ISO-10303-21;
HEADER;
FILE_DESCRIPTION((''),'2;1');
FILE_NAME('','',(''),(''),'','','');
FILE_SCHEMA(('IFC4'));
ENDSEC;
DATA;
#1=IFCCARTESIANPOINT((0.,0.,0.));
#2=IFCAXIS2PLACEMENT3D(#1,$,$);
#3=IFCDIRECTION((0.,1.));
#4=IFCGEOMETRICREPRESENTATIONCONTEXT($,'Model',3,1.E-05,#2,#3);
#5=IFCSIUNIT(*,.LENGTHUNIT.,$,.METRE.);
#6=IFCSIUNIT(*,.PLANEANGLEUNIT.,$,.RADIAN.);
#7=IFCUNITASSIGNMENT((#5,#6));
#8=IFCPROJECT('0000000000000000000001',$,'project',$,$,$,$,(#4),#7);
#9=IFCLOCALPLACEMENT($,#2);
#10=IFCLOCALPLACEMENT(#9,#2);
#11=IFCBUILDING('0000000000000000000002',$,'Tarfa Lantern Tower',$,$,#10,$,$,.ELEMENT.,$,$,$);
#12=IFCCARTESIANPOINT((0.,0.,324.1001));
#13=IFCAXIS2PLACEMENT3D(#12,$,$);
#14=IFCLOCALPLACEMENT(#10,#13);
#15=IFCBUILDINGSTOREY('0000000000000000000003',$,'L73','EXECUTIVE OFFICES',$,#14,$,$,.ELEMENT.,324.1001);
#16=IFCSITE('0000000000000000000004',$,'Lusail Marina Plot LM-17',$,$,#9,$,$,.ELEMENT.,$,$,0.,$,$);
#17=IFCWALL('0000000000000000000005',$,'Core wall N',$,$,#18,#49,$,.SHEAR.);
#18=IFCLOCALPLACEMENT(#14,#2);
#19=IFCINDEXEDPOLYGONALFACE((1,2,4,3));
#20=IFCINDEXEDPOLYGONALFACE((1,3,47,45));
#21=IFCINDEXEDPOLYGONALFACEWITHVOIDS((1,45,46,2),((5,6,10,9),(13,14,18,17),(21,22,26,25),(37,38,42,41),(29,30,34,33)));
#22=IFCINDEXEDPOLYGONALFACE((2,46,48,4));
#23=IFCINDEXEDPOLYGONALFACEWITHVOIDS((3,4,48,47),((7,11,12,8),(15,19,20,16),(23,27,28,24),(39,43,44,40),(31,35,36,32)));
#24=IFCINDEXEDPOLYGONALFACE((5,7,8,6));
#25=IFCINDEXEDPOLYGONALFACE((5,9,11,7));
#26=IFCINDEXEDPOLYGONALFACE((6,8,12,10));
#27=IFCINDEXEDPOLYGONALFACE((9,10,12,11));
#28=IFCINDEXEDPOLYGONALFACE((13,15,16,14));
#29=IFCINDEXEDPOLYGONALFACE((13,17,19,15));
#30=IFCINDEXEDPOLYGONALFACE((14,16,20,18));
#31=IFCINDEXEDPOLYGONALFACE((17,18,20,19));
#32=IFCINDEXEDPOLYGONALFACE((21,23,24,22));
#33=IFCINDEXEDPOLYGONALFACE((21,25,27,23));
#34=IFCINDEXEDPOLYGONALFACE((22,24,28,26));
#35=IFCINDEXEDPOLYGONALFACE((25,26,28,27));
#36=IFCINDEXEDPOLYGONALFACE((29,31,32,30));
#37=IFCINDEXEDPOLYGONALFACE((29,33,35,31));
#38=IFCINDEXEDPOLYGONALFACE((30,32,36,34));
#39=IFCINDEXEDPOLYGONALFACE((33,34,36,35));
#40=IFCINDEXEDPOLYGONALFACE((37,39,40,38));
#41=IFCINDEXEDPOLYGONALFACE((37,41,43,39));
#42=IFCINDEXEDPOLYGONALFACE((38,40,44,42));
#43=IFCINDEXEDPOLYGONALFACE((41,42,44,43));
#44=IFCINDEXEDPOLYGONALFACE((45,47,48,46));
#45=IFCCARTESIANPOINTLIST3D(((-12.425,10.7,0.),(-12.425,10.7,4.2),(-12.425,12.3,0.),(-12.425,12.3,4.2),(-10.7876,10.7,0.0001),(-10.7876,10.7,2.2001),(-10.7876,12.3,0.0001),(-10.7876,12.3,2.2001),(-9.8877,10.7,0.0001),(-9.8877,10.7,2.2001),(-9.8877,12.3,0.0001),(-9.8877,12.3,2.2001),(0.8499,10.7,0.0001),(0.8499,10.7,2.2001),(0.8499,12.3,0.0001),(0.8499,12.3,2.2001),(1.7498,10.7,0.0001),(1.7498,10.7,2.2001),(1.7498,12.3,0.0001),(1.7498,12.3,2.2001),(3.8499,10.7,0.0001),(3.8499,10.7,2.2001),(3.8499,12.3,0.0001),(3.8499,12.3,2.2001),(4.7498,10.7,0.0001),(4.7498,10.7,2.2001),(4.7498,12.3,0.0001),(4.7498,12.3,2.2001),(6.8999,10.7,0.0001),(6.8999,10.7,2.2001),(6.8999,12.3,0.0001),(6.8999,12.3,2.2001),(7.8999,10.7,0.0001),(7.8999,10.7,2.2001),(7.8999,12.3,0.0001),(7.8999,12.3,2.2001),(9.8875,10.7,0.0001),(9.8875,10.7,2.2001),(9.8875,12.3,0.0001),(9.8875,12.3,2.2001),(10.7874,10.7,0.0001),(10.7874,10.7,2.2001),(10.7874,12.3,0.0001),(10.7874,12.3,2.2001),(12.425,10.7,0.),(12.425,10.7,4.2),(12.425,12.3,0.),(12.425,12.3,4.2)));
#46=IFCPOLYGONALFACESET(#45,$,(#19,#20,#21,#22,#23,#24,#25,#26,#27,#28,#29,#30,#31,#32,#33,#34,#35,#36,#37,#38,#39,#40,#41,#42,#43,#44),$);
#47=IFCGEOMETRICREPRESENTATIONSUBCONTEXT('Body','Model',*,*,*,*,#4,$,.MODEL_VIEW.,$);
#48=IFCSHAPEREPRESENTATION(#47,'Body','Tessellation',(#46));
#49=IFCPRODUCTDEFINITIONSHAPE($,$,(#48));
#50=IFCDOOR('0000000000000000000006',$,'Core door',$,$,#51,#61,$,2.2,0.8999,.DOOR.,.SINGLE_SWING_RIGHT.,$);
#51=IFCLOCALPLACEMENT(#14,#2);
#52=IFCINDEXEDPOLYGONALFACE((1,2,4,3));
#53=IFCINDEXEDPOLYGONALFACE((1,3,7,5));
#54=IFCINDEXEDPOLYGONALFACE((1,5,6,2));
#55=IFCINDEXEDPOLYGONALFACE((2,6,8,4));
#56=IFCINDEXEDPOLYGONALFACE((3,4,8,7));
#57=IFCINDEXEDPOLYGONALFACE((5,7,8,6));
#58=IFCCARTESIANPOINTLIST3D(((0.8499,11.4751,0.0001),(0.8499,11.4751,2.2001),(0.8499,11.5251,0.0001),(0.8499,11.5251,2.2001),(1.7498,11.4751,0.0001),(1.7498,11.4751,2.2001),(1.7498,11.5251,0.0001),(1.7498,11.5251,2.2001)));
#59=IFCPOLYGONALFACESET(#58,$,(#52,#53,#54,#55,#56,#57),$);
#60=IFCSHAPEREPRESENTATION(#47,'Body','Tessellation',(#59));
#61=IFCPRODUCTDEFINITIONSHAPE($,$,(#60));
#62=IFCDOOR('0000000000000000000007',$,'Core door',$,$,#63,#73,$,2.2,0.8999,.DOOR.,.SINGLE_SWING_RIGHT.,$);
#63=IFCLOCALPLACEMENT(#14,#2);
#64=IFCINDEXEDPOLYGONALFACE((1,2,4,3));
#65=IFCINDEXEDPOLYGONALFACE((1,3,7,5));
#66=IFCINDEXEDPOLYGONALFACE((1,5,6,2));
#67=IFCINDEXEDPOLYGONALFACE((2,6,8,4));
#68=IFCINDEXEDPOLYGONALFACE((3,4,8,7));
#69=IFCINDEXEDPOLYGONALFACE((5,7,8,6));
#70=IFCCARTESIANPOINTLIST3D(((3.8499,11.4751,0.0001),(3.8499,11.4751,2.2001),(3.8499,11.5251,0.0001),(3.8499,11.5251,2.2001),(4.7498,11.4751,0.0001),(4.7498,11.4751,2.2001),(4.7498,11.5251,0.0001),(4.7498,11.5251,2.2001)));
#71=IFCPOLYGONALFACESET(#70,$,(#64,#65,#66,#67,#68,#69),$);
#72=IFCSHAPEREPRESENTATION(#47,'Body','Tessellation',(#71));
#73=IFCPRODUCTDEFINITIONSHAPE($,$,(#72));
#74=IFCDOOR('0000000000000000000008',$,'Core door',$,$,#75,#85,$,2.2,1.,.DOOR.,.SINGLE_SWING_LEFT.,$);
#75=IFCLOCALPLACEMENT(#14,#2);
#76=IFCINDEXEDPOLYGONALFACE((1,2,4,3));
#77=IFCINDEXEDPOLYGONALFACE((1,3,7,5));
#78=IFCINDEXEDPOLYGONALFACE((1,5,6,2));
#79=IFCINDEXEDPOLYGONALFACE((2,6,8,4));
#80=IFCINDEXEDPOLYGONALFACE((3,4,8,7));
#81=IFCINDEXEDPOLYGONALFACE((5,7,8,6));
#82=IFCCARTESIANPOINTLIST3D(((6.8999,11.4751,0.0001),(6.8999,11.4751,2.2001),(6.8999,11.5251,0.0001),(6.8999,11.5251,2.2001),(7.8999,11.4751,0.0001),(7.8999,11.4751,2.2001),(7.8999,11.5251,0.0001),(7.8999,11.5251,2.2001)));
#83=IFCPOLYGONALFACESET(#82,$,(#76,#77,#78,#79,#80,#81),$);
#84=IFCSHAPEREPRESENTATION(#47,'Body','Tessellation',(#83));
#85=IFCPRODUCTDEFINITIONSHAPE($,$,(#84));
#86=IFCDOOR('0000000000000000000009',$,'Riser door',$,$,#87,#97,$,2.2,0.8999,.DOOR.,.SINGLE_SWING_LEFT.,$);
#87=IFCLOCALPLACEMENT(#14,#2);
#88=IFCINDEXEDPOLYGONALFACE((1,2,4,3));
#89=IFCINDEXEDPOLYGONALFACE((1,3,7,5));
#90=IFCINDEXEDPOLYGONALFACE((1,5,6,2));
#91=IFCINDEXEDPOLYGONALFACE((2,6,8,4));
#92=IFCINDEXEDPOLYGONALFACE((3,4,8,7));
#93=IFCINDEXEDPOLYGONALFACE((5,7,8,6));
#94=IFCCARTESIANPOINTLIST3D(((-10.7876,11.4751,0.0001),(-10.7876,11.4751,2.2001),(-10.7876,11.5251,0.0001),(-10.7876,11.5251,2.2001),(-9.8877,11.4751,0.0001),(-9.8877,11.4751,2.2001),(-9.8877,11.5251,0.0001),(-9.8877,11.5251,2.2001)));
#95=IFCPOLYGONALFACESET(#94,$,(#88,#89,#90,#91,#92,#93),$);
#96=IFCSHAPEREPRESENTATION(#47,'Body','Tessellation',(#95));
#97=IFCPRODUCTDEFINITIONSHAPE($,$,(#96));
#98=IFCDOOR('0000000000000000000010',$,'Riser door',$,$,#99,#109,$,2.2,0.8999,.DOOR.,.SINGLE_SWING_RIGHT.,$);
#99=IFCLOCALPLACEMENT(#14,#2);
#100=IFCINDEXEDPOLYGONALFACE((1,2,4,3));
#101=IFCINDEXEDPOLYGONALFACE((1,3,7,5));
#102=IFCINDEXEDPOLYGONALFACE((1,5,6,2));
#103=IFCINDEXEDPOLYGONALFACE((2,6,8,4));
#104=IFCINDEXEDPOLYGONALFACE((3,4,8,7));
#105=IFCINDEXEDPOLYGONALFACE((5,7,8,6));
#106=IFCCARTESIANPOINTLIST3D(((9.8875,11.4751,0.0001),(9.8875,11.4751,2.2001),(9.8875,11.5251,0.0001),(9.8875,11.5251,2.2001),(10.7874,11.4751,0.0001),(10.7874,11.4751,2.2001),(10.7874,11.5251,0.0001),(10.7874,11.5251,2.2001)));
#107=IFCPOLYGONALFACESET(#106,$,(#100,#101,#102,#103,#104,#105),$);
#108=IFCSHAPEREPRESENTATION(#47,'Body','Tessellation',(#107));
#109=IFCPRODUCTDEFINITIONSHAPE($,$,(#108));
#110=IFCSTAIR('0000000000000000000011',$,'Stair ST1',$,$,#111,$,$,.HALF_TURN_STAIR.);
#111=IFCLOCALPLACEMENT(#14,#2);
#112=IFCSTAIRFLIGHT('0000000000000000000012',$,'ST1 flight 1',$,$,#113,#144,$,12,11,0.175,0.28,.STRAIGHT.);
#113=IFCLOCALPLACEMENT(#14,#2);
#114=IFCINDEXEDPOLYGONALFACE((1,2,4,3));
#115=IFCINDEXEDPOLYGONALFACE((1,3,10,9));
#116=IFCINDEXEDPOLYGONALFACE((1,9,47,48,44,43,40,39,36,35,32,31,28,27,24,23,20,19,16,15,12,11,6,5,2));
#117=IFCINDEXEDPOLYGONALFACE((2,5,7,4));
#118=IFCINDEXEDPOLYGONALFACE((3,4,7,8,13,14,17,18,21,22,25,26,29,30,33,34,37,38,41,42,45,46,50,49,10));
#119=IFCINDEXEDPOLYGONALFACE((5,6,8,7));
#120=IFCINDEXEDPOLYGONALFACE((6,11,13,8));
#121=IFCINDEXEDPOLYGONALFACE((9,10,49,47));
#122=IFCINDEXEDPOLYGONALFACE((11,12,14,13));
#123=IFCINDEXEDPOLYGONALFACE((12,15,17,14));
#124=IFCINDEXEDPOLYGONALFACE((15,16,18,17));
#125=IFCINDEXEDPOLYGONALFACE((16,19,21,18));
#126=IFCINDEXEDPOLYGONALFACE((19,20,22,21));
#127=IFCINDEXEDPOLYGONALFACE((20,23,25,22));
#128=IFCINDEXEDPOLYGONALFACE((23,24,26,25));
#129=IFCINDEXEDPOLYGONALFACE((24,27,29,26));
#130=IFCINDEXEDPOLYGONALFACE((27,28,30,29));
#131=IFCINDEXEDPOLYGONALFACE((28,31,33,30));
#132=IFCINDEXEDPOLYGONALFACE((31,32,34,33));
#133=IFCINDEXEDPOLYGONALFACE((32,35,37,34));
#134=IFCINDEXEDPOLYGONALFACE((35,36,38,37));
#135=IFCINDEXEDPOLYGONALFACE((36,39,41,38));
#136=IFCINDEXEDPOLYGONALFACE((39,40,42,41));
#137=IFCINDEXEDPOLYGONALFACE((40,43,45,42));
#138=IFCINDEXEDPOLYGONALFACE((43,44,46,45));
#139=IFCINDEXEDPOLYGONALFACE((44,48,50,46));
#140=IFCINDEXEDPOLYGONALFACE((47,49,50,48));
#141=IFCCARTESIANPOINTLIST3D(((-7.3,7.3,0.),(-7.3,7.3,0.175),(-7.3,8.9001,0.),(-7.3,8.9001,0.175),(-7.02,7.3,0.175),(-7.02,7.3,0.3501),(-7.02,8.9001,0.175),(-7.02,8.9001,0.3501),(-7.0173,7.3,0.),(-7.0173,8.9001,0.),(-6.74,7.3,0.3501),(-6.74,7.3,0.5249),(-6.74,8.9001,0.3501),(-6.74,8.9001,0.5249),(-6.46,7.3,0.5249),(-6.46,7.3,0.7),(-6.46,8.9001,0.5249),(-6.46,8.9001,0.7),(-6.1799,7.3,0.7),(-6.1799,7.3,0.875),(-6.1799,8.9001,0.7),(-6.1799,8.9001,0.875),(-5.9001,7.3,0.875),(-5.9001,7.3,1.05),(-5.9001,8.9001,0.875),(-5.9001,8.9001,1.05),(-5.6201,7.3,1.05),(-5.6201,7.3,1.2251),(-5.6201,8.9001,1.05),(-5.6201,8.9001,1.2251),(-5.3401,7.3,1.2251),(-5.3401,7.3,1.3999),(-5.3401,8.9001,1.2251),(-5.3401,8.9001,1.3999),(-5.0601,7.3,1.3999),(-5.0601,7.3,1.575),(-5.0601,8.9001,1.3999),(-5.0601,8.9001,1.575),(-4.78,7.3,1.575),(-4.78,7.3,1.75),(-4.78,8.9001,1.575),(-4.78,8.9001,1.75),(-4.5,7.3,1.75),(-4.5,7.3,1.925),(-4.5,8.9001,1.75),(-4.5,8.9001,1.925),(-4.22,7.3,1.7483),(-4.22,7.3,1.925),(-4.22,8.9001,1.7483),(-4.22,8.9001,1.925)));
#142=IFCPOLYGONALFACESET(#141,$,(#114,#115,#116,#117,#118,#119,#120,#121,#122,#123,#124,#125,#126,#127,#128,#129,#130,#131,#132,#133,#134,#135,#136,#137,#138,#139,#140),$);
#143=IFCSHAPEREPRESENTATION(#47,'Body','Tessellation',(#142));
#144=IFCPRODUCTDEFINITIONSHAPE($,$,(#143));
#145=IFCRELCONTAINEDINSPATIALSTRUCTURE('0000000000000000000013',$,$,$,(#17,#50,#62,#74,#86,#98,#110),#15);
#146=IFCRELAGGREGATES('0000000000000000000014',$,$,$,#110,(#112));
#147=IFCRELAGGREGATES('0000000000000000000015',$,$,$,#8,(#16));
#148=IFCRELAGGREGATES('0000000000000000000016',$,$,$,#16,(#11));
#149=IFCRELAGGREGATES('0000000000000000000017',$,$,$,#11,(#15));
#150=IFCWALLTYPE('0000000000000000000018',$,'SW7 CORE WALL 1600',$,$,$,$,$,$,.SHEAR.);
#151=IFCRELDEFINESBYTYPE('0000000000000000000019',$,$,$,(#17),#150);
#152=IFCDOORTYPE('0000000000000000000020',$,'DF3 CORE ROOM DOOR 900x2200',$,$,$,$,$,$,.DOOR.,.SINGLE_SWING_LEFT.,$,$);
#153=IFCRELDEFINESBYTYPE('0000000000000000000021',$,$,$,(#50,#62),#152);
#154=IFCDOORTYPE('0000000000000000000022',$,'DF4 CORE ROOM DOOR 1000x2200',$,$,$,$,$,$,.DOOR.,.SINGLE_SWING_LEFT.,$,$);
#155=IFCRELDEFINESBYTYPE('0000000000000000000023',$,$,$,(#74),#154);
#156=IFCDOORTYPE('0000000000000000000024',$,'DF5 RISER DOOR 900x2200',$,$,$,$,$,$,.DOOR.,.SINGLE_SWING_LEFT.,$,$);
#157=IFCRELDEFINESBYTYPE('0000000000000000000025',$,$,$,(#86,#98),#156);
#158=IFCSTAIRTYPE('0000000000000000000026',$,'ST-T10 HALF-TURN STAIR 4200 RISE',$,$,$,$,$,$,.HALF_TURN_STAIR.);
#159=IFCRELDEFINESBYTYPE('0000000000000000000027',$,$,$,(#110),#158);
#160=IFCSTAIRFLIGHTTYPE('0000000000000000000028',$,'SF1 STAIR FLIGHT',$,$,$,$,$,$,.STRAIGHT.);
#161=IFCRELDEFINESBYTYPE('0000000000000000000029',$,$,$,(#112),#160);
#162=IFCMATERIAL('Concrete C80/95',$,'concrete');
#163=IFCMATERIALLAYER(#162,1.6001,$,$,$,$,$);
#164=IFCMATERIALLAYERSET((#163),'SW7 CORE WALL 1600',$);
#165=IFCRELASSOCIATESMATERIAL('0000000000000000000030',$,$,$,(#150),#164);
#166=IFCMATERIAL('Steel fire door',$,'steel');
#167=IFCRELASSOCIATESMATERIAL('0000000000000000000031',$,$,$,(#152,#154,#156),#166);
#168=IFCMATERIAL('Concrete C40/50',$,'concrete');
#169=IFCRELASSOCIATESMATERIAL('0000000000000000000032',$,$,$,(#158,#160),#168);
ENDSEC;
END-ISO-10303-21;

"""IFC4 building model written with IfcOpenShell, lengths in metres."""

from ifc_helpers import new_model, si_unit, direction, frame, frame_2d, origin, place, context, subcontext, project, spatial, polyline, rectangle, outline, extrude, material, layer, layer_set, type_object, element, fill, aggregate, save


model = new_model("IFC4")

# Units and contexts
model_context = context("Model", 3, precision=1e-05, world=origin(), true_north=direction((0.0, 1.0)))
body_context = subcontext(model_context, "Body", "Model", "MODEL_VIEW")
ifc_project = project(units=[si_unit("LENGTHUNIT", "METRE"), si_unit("PLANEANGLEUNIT", "RADIAN")], contexts=[model_context])

# Site, building, storey
site_placement = place(None, origin())
site = spatial("IfcSite", under=ifc_project, at=site_placement, Name="Lusail Marina Plot LM-17", CompositionType="ELEMENT", RefElevation=0.0)
building_placement = place(site_placement, origin())
building = spatial("IfcBuilding", under=site, at=building_placement, Name="Tarfa Lantern Tower", CompositionType="ELEMENT")
storey_placement = place(building_placement, frame((0.0, 0.0, 324.1001)))
storey = spatial("IfcBuildingStorey", under=building, at=storey_placement, Name="L73", Description="EXECUTIVE OFFICES", CompositionType="ELEMENT", Elevation=324.1001)

# Shared definitions
ifc_material_1 = material(Name="Concrete C80/95", Category="concrete")
ifc_material_2 = material(Name="Steel fire door", Category="steel")

# Wall, openings, doors
ifc_layer_1 = layer(ifc_material_1, 1.6001)
ifc_layer_set_1 = layer_set([ifc_layer_1], Name="SW7 CORE WALL 1600")
wall_type_1 = type_object("IfcWallType", Name="SW7 CORE WALL 1600", PredefinedType="SHEAR", material=ifc_layer_set_1)
wall_1_placement = place(storey_placement, frame((-12.425, 11.5, 0.0), z_axis=(0.0, 0.0, 1.0), x_axis=(1.0, 0.0, 0.0)))
wall_1 = element("IfcWall", 1, at=wall_1_placement, inside=storey, type_object=wall_type_1, Name="Core wall N", PredefinedType="SHEAR", context=body_context, shape_type="SweptSolid", body=[
    extrude(rectangle(XDim=24.8501, YDim=1.6001, at=frame_2d((12.425, 0.0))), origin(), (0.0, 0.0, 1.0), 4.2),
])
opening_1_placement = place(wall_1_placement, frame((13.2749, 0.0, 0.0)))
opening_1 = element("IfcOpeningElement", 2, at=opening_1_placement, cuts=wall_1, PredefinedType="OPENING", context=body_context, shape_type="SweptSolid", body=[
    extrude(rectangle(XDim=0.8999, YDim=2.2, at=frame_2d((0.45, 1.1001))), frame((0.0, 0.8101, 0.0), z_axis=(0.0, -1.0, 0.0), x_axis=(1.0, 0.0, 0.0)), (0.0, 0.0, 1.0), 1.6201),
])
opening_2_placement = place(wall_1_placement, frame((16.2749, 0.0, 0.0)))
opening_2 = element("IfcOpeningElement", 3, at=opening_2_placement, cuts=wall_1, PredefinedType="OPENING", context=body_context, shape_type="SweptSolid", body=[
    extrude(rectangle(XDim=0.8999, YDim=2.2, at=frame_2d((0.45, 1.1001))), frame((0.0, 0.8101, 0.0), z_axis=(0.0, -1.0, 0.0), x_axis=(1.0, 0.0, 0.0)), (0.0, 0.0, 1.0), 1.6201),
])
opening_3_placement = place(wall_1_placement, frame((19.325, 0.0, 0.0)))
opening_3 = element("IfcOpeningElement", 4, at=opening_3_placement, cuts=wall_1, PredefinedType="OPENING", context=body_context, shape_type="SweptSolid", body=[
    extrude(rectangle(XDim=1.0, YDim=2.2, at=frame_2d((0.5, 1.1001))), frame((0.0, 0.8101, 0.0), z_axis=(0.0, -1.0, 0.0), x_axis=(1.0, 0.0, 0.0)), (0.0, 0.0, 1.0), 1.6201),
])
opening_4_placement = place(wall_1_placement, frame((1.6375, 0.0, 0.0)))
opening_4 = element("IfcOpeningElement", 5, at=opening_4_placement, cuts=wall_1, PredefinedType="OPENING", context=body_context, shape_type="SweptSolid", body=[
    extrude(rectangle(XDim=0.8999, YDim=2.2, at=frame_2d((0.45, 1.1001))), frame((0.0, 0.8101, 0.0), z_axis=(0.0, -1.0, 0.0), x_axis=(1.0, 0.0, 0.0)), (0.0, 0.0, 1.0), 1.6201),
])
opening_5_placement = place(wall_1_placement, frame((22.3125, 0.0, 0.0)))
opening_5 = element("IfcOpeningElement", 6, at=opening_5_placement, cuts=wall_1, PredefinedType="OPENING", context=body_context, shape_type="SweptSolid", body=[
    extrude(rectangle(XDim=0.8999, YDim=2.2, at=frame_2d((0.45, 1.1001))), frame((0.0, 0.8101, 0.0), z_axis=(0.0, -1.0, 0.0), x_axis=(1.0, 0.0, 0.0)), (0.0, 0.0, 1.0), 1.6201),
])
door_type_1 = type_object("IfcDoorType", Name="DF3 CORE ROOM DOOR 900x2200", OperationType="SINGLE_SWING_LEFT", PredefinedType="DOOR", material=ifc_material_2)
door_1_placement = place(opening_1_placement, frame((0.8999, 0.0, 0.0), z_axis=(0.0, 0.0, 1.0), x_axis=(-1.0, 0.0, 0.0)))
door_1 = element("IfcDoor", 7, at=door_1_placement, inside=storey, type_object=door_type_1, Name="Core door", OperationType="SINGLE_SWING_RIGHT", OverallHeight=2.2, OverallWidth=0.8999, PredefinedType="DOOR", context=body_context, shape_type="SweptSolid", body=[
    extrude(rectangle(XDim=0.8999, YDim=2.2, at=frame_2d((0.45, 1.1001))), frame((0.0, 0.0249, 0.0), z_axis=(0.0, -1.0, 0.0), x_axis=(1.0, 0.0, 0.0)), (0.0, 0.0, 1.0), 0.05),
])
fill(opening_1, door_1)
door_2_placement = place(opening_2_placement, frame((0.8999, 0.0, 0.0), z_axis=(0.0, 0.0, 1.0), x_axis=(-1.0, 0.0, 0.0)))
door_2 = element("IfcDoor", 8, at=door_2_placement, inside=storey, type_object=door_type_1, Name="Core door", OperationType="SINGLE_SWING_RIGHT", OverallHeight=2.2, OverallWidth=0.8999, PredefinedType="DOOR", context=body_context, shape_type="SweptSolid", body=[
    extrude(rectangle(XDim=0.8999, YDim=2.2, at=frame_2d((0.45, 1.1001))), frame((0.0, 0.0249, 0.0), z_axis=(0.0, -1.0, 0.0), x_axis=(1.0, 0.0, 0.0)), (0.0, 0.0, 1.0), 0.05),
])
fill(opening_2, door_2)
door_type_2 = type_object("IfcDoorType", Name="DF4 CORE ROOM DOOR 1000x2200", OperationType="SINGLE_SWING_LEFT", PredefinedType="DOOR", material=ifc_material_2)
door_3_placement = place(opening_3_placement, frame((1.0, 0.0, 0.0), z_axis=(0.0, 0.0, 1.0), x_axis=(-1.0, 0.0, 0.0)))
door_3 = element("IfcDoor", 9, at=door_3_placement, inside=storey, type_object=door_type_2, Name="Core door", OperationType="SINGLE_SWING_LEFT", OverallHeight=2.2, OverallWidth=1.0, PredefinedType="DOOR", context=body_context, shape_type="SweptSolid", body=[
    extrude(rectangle(XDim=1.0, YDim=2.2, at=frame_2d((0.5, 1.1001))), frame((0.0, 0.0249, 0.0), z_axis=(0.0, -1.0, 0.0), x_axis=(1.0, 0.0, 0.0)), (0.0, 0.0, 1.0), 0.05),
])
fill(opening_3, door_3)
door_type_3 = type_object("IfcDoorType", Name="DF5 RISER DOOR 900x2200", OperationType="SINGLE_SWING_LEFT", PredefinedType="DOOR", material=ifc_material_2)
door_4_placement = place(opening_4_placement, frame((0.8999, 0.0, 0.0), z_axis=(0.0, 0.0, 1.0), x_axis=(-1.0, 0.0, 0.0)))
door_4 = element("IfcDoor", 10, at=door_4_placement, inside=storey, type_object=door_type_3, Name="Riser door", OperationType="SINGLE_SWING_LEFT", OverallHeight=2.2, OverallWidth=0.8999, PredefinedType="DOOR", context=body_context, shape_type="SweptSolid", body=[
    extrude(rectangle(XDim=0.8999, YDim=2.2, at=frame_2d((0.45, 1.1001))), frame((0.0, 0.0249, 0.0), z_axis=(0.0, -1.0, 0.0), x_axis=(1.0, 0.0, 0.0)), (0.0, 0.0, 1.0), 0.05),
])
fill(opening_4, door_4)
door_5_placement = place(opening_5_placement, frame((0.8999, 0.0, 0.0), z_axis=(0.0, 0.0, 1.0), x_axis=(-1.0, 0.0, 0.0)))
door_5 = element("IfcDoor", 11, at=door_5_placement, inside=storey, type_object=door_type_3, Name="Riser door", OperationType="SINGLE_SWING_RIGHT", OverallHeight=2.2, OverallWidth=0.8999, PredefinedType="DOOR", context=body_context, shape_type="SweptSolid", body=[
    extrude(rectangle(XDim=0.8999, YDim=2.2, at=frame_2d((0.45, 1.1001))), frame((0.0, 0.0249, 0.0), z_axis=(0.0, -1.0, 0.0), x_axis=(1.0, 0.0, 0.0)), (0.0, 0.0, 1.0), 0.05),
])
fill(opening_5, door_5)

# Stair, stair flight
ifc_material_3 = material(Name="Concrete C40/50", Category="concrete")
stair_type = type_object("IfcStairType", Name="ST-T10 HALF-TURN STAIR 4200 RISE", PredefinedType="HALF_TURN_STAIR", material=ifc_material_3)
stair_placement = place(storey_placement, origin())
stair = element("IfcStair", 12, at=stair_placement, inside=storey, type_object=stair_type, Name="Stair ST1", PredefinedType="HALF_TURN_STAIR")
stair_flight_type = type_object("IfcStairFlightType", Name="SF1 STAIR FLIGHT", PredefinedType="STRAIGHT", material=ifc_material_3)
stair_flight_1_placement = place(storey_placement, frame((-7.3, 8.1001, 0.0), z_axis=(0.0, 0.0, 1.0), x_axis=(1.0, 0.0, 0.0)))
stair_flight_1 = element("IfcStairFlight", 13, at=stair_flight_1_placement, type_object=stair_flight_type, Name="ST1 flight 1", NumberOfRisers=12, NumberOfTreads=11, PredefinedType="STRAIGHT", RiserHeight=0.175, TreadLength=0.28, context=body_context, shape_type="SweptSolid", body=[
    extrude(outline(polyline([(0.0, 0.0), (0.0, 0.175), (0.28, 0.175), (0.28, 0.3501), (0.5601, 0.3501), (0.5601, 0.5249), (0.8401, 0.5249), (0.8401, 0.7), (1.1201, 0.7), (1.1201, 0.875), (1.3999, 0.875), (1.3999, 1.05), (1.6799, 1.05), (1.6799, 1.2251), (1.96, 1.2251), (1.96, 1.3999), (2.24, 1.3999), (2.24, 1.575), (2.52, 1.575), (2.52, 1.75), (2.8, 1.75), (2.8, 1.925), (3.0801, 1.925), (3.0801, 2.1001), (3.0801, 1.7483), (0.2827, 0.0), (0.0, 0.0)])), frame((0.0, 0.8, 0.0), z_axis=(0.0, -1.0, 0.0), x_axis=(1.0, 0.0, 0.0)), (0.0, 0.0, 1.0), 1.6001),
])
aggregate(stair, [stair_flight_1])

save(model, "model.ifc")
